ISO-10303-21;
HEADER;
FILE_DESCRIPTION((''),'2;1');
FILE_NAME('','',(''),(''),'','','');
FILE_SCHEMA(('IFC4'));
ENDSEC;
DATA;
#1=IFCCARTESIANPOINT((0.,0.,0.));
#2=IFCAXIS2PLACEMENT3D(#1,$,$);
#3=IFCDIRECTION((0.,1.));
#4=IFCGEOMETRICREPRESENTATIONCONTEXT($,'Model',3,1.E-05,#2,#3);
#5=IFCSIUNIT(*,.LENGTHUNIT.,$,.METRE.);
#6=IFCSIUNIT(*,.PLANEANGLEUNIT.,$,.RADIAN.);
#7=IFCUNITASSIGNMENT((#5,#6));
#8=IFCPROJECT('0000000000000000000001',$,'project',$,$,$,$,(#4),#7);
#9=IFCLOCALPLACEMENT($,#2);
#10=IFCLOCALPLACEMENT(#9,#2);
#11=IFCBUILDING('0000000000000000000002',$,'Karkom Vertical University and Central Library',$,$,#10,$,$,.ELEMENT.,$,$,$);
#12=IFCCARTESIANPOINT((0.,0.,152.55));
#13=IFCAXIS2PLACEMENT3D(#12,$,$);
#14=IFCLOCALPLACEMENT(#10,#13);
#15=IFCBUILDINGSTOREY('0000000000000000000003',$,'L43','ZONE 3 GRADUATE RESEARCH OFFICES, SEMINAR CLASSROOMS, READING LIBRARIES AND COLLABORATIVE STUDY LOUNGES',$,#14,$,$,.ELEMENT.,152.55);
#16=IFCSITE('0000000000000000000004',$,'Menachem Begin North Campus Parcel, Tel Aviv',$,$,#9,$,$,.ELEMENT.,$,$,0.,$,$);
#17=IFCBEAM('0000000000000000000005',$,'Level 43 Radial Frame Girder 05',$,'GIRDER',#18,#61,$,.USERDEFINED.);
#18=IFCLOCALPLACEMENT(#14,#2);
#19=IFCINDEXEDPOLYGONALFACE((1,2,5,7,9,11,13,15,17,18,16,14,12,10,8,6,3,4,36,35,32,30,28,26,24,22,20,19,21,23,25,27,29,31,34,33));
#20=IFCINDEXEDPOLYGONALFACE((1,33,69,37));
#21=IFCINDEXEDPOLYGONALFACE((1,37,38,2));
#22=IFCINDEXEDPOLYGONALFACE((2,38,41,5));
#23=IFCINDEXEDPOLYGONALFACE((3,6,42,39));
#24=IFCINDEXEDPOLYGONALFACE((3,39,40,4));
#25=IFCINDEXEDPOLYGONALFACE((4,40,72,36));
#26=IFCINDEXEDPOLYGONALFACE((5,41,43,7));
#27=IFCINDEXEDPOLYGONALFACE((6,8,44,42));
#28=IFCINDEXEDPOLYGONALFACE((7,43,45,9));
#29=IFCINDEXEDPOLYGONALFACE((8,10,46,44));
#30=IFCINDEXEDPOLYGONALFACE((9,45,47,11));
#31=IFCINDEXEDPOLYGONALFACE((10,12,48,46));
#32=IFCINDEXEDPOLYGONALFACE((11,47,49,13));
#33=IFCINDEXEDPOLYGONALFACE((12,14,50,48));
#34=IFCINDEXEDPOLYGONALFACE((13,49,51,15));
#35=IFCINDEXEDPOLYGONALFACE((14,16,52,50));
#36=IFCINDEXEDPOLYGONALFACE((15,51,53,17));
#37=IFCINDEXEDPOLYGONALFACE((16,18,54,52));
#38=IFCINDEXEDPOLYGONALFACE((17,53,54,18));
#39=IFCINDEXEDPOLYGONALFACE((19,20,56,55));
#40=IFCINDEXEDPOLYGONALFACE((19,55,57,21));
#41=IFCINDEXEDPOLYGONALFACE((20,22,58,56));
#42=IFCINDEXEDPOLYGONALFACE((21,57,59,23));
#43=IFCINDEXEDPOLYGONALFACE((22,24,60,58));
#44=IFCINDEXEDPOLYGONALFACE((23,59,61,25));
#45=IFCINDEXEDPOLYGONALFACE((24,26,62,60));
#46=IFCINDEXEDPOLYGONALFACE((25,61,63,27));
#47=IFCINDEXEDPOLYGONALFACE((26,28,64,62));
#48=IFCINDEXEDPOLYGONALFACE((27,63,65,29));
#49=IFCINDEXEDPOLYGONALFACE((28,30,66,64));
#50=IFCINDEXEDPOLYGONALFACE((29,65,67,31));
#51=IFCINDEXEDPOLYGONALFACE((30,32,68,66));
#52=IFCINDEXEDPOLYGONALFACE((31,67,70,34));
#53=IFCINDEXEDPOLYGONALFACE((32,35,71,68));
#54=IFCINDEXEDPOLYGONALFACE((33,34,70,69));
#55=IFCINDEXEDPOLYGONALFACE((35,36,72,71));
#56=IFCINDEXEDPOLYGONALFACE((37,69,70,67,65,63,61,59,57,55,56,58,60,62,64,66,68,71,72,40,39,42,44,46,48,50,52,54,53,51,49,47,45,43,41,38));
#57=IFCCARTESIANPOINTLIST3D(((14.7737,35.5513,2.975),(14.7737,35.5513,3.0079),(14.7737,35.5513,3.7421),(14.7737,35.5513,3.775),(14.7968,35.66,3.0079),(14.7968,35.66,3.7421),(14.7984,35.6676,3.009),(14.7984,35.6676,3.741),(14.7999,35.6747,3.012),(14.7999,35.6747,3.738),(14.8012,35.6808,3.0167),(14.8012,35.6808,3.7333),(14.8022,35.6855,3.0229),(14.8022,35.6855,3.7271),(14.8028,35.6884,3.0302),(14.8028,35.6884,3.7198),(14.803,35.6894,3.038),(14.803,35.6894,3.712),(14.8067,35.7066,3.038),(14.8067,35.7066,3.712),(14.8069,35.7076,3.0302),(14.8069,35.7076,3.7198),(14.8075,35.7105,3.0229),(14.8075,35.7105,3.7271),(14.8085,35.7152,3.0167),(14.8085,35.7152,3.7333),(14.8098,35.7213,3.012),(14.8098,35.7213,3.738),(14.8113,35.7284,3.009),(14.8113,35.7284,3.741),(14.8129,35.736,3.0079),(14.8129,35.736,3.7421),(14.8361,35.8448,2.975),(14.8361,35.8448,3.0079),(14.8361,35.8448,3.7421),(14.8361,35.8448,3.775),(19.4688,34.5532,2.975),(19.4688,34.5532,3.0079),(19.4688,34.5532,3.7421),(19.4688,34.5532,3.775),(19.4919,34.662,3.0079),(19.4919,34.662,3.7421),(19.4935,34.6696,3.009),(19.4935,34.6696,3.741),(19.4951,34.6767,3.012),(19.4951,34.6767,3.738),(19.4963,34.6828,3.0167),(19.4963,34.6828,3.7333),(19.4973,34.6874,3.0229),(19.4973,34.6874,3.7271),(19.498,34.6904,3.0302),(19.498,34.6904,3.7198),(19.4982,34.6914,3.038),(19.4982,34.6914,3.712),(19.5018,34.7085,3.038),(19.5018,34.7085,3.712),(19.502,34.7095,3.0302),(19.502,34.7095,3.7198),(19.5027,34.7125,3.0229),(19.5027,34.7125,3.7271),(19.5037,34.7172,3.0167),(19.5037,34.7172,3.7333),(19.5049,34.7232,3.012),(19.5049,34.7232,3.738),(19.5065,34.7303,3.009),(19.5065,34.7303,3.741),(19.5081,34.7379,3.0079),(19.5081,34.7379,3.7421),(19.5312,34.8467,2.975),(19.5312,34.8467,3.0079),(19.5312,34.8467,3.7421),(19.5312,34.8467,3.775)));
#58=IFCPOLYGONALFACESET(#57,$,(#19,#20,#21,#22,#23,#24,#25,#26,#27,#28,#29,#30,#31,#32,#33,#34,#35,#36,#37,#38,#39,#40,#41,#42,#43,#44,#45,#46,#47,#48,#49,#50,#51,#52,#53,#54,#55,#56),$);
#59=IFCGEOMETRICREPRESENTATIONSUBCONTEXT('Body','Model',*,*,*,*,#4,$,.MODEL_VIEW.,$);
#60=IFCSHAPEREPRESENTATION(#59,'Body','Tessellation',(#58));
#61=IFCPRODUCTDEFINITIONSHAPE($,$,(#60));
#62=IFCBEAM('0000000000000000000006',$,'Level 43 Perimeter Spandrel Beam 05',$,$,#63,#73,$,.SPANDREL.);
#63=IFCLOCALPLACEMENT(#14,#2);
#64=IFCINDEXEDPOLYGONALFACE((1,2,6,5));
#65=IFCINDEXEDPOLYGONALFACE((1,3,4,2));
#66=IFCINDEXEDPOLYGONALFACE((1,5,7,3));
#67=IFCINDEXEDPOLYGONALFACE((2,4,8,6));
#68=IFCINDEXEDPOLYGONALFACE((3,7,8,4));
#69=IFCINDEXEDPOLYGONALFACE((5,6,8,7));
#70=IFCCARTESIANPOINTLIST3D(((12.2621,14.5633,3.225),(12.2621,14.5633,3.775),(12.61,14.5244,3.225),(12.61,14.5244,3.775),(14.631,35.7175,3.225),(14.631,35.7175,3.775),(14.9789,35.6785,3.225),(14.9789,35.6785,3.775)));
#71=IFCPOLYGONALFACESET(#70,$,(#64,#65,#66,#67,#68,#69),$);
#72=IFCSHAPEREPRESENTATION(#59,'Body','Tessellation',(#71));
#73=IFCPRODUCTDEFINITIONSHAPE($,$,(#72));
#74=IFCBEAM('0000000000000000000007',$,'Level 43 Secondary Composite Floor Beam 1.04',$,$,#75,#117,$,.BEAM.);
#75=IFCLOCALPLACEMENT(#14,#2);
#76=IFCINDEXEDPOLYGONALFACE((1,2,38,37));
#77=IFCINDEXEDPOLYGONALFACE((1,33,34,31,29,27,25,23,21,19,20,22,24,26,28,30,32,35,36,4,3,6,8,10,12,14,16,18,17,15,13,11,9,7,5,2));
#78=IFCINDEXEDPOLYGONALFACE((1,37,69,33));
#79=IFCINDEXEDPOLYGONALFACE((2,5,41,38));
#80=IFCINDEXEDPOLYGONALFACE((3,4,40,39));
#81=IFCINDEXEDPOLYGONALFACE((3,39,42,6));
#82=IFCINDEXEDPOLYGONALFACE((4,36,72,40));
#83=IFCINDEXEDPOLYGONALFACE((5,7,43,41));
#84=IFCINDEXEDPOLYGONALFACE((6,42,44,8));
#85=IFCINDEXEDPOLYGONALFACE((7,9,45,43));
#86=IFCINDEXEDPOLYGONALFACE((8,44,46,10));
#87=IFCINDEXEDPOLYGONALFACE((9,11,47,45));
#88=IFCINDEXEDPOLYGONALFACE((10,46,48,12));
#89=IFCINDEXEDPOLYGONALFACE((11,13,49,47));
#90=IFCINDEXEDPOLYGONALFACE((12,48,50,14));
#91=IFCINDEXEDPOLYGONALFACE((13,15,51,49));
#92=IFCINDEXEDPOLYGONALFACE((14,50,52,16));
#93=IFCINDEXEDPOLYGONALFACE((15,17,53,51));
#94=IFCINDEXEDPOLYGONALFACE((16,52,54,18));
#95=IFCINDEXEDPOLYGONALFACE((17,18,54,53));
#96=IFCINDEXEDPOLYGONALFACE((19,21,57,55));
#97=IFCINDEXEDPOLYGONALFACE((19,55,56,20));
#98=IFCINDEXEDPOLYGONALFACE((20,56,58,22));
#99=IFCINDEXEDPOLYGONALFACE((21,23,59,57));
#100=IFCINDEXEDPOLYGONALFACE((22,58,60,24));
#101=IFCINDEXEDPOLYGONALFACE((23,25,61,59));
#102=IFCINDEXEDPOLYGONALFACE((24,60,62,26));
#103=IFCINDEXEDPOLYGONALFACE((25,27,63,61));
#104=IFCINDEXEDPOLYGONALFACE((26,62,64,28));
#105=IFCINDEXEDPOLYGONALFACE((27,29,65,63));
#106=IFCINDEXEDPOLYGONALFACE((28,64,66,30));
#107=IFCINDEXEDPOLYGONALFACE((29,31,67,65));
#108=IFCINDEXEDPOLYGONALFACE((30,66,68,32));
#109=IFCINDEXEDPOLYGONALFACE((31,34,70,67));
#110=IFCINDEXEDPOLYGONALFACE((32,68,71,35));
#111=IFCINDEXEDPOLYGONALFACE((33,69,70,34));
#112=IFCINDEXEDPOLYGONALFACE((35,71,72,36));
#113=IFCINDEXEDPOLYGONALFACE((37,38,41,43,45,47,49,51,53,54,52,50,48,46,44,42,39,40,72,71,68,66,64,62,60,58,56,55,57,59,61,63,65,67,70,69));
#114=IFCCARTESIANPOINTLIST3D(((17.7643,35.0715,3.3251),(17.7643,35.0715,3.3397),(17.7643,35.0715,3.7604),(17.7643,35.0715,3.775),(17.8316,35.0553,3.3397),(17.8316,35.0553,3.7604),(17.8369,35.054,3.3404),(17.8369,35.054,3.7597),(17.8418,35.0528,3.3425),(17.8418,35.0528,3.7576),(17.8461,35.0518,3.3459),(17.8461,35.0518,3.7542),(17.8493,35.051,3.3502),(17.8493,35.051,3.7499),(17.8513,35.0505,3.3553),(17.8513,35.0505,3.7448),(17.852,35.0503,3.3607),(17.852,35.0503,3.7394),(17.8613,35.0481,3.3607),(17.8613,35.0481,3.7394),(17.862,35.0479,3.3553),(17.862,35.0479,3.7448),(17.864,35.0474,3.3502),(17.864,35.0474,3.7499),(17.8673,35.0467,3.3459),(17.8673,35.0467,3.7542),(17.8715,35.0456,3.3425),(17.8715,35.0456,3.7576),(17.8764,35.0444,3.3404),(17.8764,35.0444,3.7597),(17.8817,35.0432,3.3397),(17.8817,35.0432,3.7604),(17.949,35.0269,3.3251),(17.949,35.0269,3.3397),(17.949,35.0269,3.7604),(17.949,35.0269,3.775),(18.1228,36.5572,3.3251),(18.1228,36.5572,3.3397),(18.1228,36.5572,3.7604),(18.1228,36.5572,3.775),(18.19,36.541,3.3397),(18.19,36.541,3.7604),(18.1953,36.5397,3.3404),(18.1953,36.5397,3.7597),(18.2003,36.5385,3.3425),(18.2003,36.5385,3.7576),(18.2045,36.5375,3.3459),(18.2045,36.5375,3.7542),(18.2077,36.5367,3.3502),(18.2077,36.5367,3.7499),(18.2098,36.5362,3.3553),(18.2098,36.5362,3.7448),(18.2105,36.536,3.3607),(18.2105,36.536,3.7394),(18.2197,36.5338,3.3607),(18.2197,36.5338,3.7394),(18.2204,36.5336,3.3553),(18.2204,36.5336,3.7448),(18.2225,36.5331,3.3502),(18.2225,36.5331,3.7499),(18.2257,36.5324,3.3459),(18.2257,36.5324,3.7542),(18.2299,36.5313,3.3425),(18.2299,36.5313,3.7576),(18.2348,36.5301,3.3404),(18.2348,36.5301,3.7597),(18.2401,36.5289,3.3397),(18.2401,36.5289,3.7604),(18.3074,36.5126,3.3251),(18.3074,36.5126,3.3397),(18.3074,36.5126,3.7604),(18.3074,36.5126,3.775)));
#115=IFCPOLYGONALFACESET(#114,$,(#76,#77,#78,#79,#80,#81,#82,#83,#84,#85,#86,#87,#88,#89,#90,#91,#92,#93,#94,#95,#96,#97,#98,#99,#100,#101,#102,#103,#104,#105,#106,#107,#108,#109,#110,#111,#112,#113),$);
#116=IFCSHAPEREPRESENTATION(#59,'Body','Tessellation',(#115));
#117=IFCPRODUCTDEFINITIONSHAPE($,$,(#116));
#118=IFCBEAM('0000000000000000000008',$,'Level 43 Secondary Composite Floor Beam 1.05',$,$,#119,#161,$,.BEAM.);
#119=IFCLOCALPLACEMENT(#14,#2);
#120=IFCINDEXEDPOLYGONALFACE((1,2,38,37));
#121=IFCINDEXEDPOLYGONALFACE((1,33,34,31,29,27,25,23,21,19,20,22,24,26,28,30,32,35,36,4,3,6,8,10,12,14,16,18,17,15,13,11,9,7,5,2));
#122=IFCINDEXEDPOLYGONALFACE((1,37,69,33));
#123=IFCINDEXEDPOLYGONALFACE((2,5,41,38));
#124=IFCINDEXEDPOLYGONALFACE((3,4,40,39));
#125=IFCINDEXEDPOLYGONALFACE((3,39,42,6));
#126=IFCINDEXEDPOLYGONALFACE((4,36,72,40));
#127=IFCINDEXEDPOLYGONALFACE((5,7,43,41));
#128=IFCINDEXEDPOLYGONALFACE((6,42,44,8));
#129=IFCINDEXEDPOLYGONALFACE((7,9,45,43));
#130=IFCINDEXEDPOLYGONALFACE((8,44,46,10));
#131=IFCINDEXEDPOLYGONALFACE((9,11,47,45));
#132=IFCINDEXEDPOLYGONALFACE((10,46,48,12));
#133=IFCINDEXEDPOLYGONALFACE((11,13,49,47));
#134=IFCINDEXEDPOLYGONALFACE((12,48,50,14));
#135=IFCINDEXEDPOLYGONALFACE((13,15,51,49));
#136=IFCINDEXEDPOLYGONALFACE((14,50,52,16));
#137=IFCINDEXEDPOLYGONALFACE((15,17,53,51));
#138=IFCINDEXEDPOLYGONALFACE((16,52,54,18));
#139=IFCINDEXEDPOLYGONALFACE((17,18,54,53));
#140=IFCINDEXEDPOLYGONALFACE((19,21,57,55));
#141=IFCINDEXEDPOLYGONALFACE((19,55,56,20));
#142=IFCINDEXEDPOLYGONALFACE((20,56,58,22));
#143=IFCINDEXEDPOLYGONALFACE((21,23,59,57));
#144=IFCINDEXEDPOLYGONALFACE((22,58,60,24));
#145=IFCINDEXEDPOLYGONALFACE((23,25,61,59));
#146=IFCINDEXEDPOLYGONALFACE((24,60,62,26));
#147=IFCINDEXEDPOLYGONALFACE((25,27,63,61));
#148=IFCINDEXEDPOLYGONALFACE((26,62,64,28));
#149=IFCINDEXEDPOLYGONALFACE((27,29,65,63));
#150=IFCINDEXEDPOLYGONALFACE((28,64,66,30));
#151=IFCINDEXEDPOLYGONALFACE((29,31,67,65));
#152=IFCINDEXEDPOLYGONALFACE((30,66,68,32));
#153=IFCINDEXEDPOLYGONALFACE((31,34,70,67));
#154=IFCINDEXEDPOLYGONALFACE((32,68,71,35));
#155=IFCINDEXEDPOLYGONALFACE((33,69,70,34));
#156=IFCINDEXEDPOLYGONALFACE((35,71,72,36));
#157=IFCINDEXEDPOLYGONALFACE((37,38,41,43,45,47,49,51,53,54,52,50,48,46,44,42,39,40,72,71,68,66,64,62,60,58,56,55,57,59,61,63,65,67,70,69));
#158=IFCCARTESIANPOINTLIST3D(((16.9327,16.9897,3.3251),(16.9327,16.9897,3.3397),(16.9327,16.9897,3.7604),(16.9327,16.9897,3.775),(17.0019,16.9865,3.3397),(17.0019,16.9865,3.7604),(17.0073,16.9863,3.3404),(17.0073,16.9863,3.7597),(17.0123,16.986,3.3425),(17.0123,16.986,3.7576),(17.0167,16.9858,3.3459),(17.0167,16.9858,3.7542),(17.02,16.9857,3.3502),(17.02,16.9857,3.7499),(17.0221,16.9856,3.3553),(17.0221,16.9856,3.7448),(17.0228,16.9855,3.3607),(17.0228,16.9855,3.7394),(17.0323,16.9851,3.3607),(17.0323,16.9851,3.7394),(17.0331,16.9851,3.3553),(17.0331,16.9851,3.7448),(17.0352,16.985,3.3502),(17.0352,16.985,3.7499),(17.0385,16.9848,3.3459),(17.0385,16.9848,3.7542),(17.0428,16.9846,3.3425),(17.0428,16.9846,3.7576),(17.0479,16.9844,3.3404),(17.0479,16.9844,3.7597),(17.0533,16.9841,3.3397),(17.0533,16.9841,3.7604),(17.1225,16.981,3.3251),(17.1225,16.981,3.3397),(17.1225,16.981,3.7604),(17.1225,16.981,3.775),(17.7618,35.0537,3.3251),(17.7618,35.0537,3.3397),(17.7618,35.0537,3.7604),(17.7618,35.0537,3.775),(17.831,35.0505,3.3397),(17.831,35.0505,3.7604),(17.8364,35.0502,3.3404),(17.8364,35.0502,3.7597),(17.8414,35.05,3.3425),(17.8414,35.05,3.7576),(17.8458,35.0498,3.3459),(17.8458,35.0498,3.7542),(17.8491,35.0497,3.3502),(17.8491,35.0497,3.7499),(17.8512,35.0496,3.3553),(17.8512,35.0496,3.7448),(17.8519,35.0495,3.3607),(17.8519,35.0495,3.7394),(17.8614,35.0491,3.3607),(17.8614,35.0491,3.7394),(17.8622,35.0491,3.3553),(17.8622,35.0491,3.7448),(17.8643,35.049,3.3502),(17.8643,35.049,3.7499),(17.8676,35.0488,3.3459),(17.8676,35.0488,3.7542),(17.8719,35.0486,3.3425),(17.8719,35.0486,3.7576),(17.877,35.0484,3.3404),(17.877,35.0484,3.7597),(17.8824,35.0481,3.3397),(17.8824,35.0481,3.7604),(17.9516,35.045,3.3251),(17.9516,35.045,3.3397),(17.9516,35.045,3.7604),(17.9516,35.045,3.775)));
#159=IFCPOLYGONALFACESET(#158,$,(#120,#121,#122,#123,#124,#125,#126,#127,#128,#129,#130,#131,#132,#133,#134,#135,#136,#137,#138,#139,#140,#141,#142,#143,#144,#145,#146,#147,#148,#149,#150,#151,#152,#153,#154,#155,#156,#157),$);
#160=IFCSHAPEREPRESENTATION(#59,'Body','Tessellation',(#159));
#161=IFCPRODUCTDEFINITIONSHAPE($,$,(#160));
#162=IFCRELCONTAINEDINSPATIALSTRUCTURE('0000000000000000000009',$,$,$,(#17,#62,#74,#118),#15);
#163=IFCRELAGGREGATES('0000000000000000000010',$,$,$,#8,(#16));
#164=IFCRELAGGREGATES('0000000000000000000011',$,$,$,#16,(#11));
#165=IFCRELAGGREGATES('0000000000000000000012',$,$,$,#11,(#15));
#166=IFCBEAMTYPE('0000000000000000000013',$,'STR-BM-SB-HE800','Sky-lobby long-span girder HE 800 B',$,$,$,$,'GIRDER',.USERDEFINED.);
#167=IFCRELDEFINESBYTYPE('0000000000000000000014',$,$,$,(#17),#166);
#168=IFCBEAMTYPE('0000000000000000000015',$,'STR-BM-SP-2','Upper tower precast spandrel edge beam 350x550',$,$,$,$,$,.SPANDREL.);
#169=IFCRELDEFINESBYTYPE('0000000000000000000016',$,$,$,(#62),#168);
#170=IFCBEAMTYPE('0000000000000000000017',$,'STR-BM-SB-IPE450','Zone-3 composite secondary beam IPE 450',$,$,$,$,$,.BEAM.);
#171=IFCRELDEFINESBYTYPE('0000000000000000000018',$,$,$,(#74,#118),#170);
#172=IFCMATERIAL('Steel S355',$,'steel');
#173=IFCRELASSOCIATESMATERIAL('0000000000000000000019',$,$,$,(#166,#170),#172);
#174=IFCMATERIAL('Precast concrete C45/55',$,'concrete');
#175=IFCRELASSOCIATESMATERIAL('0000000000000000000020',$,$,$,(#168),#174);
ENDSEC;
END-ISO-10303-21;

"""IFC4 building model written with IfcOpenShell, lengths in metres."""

from ifc_helpers import new_model, si_unit, direction, frame, origin, origin_with_axes, origin_2d, place, context, subcontext, project, spatial, rectangle, i_section, extrude, source, transform, mapped, material, material_profile, profile_set, type_object, element, save


model = new_model("IFC4")

# Units and contexts
model_context = context("Model", 3, precision=1e-05, world=origin(), true_north=direction((0.0, 1.0)))
body_context = subcontext(model_context, "Body", "Model", "MODEL_VIEW")
ifc_project = project(units=[si_unit("LENGTHUNIT", "METRE"), si_unit("PLANEANGLEUNIT", "RADIAN")], contexts=[model_context])

# Site, building, storey
site_placement = place(None, origin())
site = spatial("IfcSite", under=ifc_project, at=site_placement, Name="Menachem Begin North Campus Parcel, Tel Aviv", CompositionType="ELEMENT", RefElevation=0.0)
building_placement = place(site_placement, origin())
building = spatial("IfcBuilding", under=site, at=building_placement, Name="Karkom Vertical University and Central Library", CompositionType="ELEMENT")
storey_placement = place(building_placement, frame((0.0, 0.0, 152.55)))
storey = spatial("IfcBuildingStorey", under=building, at=storey_placement, Name="L43", Description="ZONE 3 GRADUATE RESEARCH OFFICES, SEMINAR CLASSROOMS, READING LIBRARIES AND COLLABORATIVE STUDY LOUNGES", CompositionType="ELEMENT", Elevation=152.55)

# Beams
ifc_material_1 = material(Name="Steel S355", Category="steel")
ifc_material_profile_1 = material_profile(ifc_material_1, i_section(OverallWidth=0.3, OverallDepth=0.8, WebThickness=0.0176, FlangeThickness=0.033, FilletRadius=0.03, at=origin_2d()), Name="HE 800 B")
ifc_profile_set_1 = profile_set([ifc_material_profile_1], Name="Steel S355")
beam_type_1 = type_object("IfcBeamType", Name="STR-BM-SB-HE800", Description="Sky-lobby long-span girder HE 800 B", ElementType="GIRDER", PredefinedType="USERDEFINED", material=ifc_profile_set_1)
shared_shape_1 = source(origin_with_axes(), body_context, "Body", "SweptSolid", [
    extrude(i_section(OverallWidth=0.3, OverallDepth=0.8, WebThickness=0.0176, FlangeThickness=0.033, FilletRadius=0.03, at=origin_2d()), origin(), (0.0, 0.0, 1.0), 4.8),
])
beam_1_placement = place(storey_placement, frame((19.5, 34.7, 3.375), z_axis=(-0.978144, 0.207927, 0.0), x_axis=(-0.207927, -0.978144, 0.0)))
element("IfcBeam", 1, at=beam_1_placement, inside=storey, type_object=beam_type_1, Name="Level 43 Radial Frame Girder 05", ObjectType="GIRDER", PredefinedType="USERDEFINED", context=body_context, shape_type="MappedRepresentation", body=[
    mapped(shared_shape_1, transform((0.0, 0.0, 0.0), scale=1.0)),
])
ifc_material_2 = material(Name="Precast concrete C45/55", Category="concrete")
ifc_material_profile_2 = material_profile(ifc_material_2, rectangle(XDim=0.3501, YDim=0.55, at=origin_2d()), Name="SPB-350x550")
ifc_profile_set_2 = profile_set([ifc_material_profile_2], Name="Precast concrete C45/55")
beam_type_2 = type_object("IfcBeamType", Name="STR-BM-SP-2", Description="Upper tower precast spandrel edge beam 350x550", PredefinedType="SPANDREL", material=ifc_profile_set_2)
shared_shape_2 = source(origin_with_axes(), body_context, "Body", "SweptSolid", [
    extrude(rectangle(XDim=0.3501, YDim=0.55, at=origin_2d()), origin(), (0.0, 0.0, 1.0), 21.2864),
])
beam_2_placement = place(storey_placement, frame((14.8049, 35.698, 3.5), z_axis=(-0.111287, -0.993788, 0.0), x_axis=(0.993788, -0.111287, 0.0)))
element("IfcBeam", 2, at=beam_2_placement, inside=storey, type_object=beam_type_2, Name="Level 43 Perimeter Spandrel Beam 05", PredefinedType="SPANDREL", context=body_context, shape_type="MappedRepresentation", body=[
    mapped(shared_shape_2, transform((0.0, 0.0, 0.0), scale=1.0)),
])
ifc_material_profile_3 = material_profile(ifc_material_1, i_section(OverallWidth=0.1899, OverallDepth=0.45, WebThickness=0.0095, FlangeThickness=0.0146, FilletRadius=0.021, at=origin_2d()), Name="IPE 450")
ifc_profile_set_3 = profile_set([ifc_material_profile_3], Name="Steel S355")
beam_type_3 = type_object("IfcBeamType", Name="STR-BM-SB-IPE450", Description="Zone-3 composite secondary beam IPE 450", PredefinedType="BEAM", material=ifc_profile_set_3)
shared_shape_3 = source(origin_with_axes(), body_context, "Body", "SweptSolid", [
    extrude(i_section(OverallWidth=0.1899, OverallDepth=0.45, WebThickness=0.0095, FlangeThickness=0.0146, FilletRadius=0.021, at=origin_2d()), origin(), (0.0, 0.0, 1.0), 1.5283),
])
beam_3_placement = place(storey_placement, frame((18.2151, 36.5349, 3.55), z_axis=(-0.234521, -0.972111, 0.0), x_axis=(0.972111, -0.234521, 0.0)))
element("IfcBeam", 3, at=beam_3_placement, inside=storey, type_object=beam_type_3, Name="Level 43 Secondary Composite Floor Beam 1.04", PredefinedType="BEAM", context=body_context, shape_type="MappedRepresentation", body=[
    mapped(shared_shape_3, transform((0.0, 0.0, 0.0), scale=1.0)),
])
shared_shape_4 = source(origin_with_axes(), body_context, "Body", "SweptSolid", [
    extrude(i_section(OverallWidth=0.1899, OverallDepth=0.45, WebThickness=0.0095, FlangeThickness=0.0146, FilletRadius=0.021, at=origin_2d()), origin(), (0.0, 0.0, 1.0), 18.083),
])
beam_4_placement = place(storey_placement, frame((17.8567, 35.0493, 3.55), z_axis=(-0.04585, -0.998948, 0.0), x_axis=(0.998948, -0.04585, 0.0)))
element("IfcBeam", 4, at=beam_4_placement, inside=storey, type_object=beam_type_3, Name="Level 43 Secondary Composite Floor Beam 1.05", PredefinedType="BEAM", context=body_context, shape_type="MappedRepresentation", body=[
    mapped(shared_shape_4, transform((0.0, 0.0, 0.0), scale=1.0)),
])

save(model, "model.ifc")
